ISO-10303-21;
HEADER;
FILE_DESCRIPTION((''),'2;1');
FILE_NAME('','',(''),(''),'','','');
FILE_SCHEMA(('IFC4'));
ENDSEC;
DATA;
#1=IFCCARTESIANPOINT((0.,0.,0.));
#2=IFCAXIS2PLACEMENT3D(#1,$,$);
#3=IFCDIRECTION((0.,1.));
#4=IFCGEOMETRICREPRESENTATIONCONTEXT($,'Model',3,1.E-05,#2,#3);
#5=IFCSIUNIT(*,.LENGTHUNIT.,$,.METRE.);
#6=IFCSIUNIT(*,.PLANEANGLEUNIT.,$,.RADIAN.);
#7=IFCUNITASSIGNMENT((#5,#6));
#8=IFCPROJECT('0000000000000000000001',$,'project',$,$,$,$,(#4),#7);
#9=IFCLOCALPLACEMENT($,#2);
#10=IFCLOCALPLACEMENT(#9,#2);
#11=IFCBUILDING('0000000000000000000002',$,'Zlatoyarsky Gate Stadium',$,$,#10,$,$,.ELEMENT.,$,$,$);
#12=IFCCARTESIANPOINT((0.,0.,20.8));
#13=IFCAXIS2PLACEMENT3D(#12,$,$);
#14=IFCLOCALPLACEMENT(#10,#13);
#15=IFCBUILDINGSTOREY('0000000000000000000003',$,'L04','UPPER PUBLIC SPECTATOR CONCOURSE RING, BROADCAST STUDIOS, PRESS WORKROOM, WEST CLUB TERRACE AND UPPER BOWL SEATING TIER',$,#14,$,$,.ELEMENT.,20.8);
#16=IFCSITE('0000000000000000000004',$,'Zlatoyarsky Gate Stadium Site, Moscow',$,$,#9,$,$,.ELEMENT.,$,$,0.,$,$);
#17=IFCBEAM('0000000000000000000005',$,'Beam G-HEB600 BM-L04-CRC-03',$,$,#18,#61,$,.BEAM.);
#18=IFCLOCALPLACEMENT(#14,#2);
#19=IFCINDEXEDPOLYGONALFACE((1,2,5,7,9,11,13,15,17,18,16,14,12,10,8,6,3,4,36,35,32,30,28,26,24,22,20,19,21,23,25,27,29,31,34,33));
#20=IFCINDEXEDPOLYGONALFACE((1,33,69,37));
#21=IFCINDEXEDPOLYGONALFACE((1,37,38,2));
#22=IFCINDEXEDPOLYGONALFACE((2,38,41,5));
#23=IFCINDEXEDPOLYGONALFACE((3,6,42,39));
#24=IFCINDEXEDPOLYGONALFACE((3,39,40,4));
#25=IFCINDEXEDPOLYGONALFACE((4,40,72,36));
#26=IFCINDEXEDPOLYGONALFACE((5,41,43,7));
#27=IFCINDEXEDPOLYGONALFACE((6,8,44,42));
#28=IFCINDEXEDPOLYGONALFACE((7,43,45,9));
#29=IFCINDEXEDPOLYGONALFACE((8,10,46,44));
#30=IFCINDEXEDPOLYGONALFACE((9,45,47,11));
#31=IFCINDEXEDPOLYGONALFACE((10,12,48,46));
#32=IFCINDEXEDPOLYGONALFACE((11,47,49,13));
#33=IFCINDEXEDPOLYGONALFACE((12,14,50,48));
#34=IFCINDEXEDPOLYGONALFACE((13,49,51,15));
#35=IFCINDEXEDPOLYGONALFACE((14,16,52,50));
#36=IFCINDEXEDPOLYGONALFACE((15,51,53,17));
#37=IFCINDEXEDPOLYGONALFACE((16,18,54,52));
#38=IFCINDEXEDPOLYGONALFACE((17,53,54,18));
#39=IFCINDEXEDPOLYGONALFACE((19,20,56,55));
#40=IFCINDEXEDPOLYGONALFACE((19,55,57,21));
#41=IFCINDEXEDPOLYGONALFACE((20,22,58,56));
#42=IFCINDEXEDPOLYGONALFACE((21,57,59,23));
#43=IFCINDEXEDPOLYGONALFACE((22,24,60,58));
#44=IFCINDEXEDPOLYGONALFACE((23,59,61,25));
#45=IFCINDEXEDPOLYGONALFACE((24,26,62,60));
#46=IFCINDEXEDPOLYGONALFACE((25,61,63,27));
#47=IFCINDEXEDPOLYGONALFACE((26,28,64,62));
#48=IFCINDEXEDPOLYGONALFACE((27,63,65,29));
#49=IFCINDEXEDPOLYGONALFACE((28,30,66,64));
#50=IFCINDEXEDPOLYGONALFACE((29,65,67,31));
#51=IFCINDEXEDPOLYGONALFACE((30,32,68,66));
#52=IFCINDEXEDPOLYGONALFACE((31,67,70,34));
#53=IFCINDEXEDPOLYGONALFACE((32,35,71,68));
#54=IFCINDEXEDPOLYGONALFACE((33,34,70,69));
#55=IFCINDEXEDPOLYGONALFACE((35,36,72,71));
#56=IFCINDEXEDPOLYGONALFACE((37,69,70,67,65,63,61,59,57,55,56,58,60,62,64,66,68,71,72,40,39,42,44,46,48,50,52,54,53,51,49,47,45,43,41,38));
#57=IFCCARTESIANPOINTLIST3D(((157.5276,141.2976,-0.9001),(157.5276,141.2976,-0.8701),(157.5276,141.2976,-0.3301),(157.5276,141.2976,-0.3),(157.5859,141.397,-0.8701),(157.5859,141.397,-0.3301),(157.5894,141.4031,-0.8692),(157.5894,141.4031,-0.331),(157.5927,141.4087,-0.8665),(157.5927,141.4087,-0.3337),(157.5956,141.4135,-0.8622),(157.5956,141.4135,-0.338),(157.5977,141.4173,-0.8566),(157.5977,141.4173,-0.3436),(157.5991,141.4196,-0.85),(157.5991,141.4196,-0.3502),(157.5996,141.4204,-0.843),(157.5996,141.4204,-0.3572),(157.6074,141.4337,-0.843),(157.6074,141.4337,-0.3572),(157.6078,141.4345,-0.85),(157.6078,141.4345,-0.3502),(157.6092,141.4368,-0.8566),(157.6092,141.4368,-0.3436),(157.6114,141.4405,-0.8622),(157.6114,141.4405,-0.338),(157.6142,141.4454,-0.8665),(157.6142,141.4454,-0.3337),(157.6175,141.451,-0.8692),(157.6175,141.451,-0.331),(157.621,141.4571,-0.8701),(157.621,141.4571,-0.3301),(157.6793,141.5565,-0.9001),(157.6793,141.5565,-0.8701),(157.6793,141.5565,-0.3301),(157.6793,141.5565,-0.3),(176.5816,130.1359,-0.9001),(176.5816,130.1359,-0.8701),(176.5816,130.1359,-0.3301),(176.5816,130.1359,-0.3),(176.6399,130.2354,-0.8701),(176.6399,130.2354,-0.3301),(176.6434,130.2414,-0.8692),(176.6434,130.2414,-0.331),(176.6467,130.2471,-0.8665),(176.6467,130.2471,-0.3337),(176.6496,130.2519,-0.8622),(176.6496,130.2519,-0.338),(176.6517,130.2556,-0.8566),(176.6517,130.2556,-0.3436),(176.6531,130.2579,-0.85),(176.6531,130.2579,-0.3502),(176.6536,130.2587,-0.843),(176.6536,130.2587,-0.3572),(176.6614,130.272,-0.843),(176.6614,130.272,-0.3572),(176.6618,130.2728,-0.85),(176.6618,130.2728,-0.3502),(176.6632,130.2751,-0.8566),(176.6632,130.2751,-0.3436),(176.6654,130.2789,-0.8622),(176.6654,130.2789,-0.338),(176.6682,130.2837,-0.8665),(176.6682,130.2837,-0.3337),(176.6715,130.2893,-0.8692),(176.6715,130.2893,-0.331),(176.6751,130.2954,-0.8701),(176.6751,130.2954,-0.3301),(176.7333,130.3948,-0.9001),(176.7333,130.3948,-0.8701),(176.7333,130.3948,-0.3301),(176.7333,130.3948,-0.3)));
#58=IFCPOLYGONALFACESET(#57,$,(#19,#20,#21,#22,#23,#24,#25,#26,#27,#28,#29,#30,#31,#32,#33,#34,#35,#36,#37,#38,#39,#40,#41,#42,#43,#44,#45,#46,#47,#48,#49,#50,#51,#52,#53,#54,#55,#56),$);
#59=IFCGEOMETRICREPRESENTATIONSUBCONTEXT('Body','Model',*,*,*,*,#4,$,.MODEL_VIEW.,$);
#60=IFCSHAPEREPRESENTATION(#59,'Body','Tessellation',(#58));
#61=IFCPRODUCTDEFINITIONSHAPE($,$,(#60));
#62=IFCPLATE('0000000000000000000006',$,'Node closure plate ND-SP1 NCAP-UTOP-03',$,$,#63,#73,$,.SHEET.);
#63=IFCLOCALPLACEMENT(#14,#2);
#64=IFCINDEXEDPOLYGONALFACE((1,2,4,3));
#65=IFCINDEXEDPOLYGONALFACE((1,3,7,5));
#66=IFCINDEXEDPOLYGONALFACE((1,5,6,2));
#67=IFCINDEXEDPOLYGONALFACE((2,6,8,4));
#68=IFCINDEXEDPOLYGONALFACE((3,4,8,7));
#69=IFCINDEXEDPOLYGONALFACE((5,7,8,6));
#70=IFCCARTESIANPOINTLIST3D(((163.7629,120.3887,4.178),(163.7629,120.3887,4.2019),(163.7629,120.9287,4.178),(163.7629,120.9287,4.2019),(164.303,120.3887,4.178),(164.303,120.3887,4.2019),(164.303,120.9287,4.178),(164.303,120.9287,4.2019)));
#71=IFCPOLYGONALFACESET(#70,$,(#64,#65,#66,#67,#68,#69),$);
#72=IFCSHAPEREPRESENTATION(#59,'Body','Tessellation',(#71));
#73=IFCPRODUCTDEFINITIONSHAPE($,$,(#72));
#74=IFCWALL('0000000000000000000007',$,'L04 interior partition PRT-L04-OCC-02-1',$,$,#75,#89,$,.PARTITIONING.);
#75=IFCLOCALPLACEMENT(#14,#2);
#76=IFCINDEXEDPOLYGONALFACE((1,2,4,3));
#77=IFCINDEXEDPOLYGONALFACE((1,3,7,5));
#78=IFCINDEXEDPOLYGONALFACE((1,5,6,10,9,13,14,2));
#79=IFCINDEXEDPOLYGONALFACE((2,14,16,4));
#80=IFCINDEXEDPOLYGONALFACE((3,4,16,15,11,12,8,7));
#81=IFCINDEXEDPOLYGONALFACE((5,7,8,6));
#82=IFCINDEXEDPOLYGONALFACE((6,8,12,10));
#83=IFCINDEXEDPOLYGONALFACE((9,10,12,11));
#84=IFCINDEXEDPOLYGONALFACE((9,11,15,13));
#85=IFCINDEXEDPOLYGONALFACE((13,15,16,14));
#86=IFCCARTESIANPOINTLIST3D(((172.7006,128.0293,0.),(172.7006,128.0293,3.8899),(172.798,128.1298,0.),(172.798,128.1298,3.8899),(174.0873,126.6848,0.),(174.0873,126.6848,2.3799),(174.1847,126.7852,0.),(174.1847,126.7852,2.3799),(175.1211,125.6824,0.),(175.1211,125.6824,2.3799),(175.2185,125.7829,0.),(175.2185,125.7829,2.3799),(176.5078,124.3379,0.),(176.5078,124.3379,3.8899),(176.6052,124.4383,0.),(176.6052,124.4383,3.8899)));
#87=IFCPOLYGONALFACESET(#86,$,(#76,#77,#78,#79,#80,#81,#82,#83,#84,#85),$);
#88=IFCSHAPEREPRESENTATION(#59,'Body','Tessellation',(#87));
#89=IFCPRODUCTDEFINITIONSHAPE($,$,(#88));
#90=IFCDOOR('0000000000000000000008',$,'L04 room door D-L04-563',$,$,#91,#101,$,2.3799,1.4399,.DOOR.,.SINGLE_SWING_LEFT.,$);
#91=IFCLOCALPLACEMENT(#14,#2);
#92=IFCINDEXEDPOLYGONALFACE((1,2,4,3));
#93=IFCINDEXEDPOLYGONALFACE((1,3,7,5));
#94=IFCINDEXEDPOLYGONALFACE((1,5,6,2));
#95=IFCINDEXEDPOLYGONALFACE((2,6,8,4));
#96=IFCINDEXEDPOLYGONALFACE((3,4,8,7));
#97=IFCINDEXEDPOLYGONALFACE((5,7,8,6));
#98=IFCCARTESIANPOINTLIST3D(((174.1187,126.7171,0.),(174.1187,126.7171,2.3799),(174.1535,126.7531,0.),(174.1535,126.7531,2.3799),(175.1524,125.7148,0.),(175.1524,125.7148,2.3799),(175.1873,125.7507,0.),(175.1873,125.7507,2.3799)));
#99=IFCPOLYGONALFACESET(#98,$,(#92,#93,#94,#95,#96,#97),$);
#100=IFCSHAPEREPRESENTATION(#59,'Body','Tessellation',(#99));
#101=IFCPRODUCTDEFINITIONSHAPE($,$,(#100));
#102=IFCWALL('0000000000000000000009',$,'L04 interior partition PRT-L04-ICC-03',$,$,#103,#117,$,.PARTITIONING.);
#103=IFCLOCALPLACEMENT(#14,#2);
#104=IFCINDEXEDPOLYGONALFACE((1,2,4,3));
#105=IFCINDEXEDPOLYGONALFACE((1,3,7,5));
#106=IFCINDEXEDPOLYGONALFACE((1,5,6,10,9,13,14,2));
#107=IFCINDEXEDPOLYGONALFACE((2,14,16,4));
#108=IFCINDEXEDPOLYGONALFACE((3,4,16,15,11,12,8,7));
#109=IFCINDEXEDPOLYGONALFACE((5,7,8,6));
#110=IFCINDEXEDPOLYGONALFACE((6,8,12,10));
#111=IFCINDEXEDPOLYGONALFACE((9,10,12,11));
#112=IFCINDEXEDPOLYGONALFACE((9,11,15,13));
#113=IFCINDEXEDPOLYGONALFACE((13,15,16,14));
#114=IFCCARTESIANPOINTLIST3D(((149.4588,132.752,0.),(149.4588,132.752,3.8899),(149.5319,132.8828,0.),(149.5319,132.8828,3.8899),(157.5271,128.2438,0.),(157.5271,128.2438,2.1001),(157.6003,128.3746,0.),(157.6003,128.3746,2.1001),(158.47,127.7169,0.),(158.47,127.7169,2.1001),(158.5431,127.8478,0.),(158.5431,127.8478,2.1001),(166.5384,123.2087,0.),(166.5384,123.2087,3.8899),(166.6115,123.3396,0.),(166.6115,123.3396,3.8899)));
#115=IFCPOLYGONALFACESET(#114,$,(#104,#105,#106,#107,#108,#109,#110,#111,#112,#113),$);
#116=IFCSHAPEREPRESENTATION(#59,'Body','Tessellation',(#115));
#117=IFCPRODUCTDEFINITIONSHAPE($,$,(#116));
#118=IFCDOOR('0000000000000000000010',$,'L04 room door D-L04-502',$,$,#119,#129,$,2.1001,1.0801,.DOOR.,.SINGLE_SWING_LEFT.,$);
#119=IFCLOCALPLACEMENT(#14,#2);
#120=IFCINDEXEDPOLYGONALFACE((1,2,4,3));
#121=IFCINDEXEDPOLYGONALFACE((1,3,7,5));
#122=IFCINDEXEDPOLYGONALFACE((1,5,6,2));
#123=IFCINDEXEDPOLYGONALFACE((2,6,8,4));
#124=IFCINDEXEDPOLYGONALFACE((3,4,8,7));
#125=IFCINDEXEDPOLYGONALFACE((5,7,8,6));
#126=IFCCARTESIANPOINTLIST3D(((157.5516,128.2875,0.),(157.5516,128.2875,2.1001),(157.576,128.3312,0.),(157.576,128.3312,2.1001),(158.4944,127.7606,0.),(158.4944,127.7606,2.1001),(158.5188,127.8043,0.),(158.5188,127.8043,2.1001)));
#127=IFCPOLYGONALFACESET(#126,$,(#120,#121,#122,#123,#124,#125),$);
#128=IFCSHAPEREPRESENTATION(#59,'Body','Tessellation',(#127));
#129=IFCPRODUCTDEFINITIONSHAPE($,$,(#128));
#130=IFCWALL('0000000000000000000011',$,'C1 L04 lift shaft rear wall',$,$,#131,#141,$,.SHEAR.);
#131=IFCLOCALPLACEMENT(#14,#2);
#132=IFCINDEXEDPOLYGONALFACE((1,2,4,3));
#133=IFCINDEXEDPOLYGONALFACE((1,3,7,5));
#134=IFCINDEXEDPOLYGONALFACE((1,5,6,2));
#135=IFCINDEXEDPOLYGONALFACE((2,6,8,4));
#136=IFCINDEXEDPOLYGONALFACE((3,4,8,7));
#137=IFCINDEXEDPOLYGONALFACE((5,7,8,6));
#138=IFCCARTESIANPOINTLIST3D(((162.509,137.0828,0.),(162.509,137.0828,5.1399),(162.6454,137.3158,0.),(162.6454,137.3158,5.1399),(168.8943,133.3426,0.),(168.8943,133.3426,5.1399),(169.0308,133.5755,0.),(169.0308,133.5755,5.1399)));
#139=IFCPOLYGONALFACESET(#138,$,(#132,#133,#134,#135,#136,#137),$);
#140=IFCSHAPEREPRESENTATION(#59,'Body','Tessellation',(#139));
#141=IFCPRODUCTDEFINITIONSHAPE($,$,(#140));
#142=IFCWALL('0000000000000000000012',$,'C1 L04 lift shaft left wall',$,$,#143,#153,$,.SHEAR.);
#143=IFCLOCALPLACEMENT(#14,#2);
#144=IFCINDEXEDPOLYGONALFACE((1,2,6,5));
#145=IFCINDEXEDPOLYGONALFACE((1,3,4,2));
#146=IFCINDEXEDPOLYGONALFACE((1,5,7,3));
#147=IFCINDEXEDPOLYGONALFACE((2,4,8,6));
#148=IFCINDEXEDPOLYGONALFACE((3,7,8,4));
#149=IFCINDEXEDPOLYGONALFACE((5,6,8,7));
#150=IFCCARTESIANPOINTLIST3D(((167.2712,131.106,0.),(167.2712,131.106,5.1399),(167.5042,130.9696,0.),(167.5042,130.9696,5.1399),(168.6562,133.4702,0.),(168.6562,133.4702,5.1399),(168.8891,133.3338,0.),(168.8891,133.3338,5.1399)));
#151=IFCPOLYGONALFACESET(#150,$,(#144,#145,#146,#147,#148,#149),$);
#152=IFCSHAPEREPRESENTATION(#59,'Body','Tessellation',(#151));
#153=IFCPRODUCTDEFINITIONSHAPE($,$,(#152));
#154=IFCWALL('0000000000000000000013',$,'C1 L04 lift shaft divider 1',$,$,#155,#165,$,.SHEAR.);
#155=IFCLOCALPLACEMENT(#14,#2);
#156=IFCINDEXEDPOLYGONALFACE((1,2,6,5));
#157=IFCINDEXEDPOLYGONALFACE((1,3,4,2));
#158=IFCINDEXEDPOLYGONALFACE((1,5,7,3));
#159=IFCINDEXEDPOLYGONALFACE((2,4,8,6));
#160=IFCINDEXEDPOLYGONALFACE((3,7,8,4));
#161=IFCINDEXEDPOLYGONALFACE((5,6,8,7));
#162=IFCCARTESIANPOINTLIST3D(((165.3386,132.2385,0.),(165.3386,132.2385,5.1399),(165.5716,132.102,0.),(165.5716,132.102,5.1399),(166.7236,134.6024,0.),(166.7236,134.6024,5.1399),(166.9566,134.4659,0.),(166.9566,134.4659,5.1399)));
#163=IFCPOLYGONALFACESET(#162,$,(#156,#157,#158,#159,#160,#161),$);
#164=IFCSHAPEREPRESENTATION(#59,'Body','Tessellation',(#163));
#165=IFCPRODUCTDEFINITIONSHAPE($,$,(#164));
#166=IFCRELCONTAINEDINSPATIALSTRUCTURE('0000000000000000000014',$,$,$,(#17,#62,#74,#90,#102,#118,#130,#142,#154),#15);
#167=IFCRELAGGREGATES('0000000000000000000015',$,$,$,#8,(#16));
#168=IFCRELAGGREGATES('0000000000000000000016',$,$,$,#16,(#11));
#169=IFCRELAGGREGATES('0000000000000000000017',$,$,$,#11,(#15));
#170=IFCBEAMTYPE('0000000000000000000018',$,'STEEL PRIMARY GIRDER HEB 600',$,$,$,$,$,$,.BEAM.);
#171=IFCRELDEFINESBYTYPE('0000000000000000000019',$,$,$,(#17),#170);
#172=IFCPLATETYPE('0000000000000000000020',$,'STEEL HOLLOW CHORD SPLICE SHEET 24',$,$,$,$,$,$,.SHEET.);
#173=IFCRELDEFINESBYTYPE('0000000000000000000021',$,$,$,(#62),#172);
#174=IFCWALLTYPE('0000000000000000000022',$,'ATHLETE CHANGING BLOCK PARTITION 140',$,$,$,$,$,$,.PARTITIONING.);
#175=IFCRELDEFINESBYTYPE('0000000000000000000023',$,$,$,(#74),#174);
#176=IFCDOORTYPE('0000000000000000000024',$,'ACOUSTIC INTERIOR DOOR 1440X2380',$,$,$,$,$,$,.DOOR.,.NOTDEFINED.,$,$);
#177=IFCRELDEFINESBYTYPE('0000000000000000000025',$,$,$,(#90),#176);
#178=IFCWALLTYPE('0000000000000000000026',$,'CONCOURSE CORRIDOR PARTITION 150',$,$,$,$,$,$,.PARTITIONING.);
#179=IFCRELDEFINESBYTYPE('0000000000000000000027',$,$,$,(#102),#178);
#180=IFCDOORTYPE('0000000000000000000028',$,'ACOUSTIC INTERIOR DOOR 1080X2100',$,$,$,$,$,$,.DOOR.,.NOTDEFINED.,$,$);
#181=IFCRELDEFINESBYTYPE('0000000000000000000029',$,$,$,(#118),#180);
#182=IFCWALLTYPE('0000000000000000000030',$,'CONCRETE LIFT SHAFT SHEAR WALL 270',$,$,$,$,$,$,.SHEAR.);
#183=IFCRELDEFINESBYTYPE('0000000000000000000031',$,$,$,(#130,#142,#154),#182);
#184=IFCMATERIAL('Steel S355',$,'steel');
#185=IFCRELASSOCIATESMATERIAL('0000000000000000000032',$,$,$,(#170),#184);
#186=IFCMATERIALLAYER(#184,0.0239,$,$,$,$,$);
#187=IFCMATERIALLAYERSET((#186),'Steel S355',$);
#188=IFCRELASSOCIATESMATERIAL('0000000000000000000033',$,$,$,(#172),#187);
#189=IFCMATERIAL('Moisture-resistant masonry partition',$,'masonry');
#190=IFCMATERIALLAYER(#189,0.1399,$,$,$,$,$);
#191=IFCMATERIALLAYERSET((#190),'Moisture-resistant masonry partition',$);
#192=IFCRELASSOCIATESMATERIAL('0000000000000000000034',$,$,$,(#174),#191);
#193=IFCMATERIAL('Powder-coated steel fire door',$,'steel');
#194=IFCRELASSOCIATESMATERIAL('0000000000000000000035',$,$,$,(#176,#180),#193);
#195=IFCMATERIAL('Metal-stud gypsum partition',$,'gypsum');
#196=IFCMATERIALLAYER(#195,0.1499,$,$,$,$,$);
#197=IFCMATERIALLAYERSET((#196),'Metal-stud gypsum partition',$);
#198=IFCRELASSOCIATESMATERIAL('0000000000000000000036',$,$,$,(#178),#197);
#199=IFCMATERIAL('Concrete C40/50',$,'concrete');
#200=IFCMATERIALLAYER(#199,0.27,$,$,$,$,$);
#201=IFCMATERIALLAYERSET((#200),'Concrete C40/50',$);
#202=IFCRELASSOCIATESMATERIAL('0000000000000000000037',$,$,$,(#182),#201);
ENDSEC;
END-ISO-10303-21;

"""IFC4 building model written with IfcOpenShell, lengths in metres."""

from ifc_helpers import new_model, si_unit, direction, frame, frame_2d, origin, origin_2d, place, context, subcontext, project, spatial, rectangle, i_section, extrude, material, layer, layer_set, material_profile, profile_set, type_object, element, fill, save


model = new_model("IFC4")

# Units and contexts
model_context = context("Model", 3, precision=1e-05, world=origin(), true_north=direction((0.0, 1.0)))
body_context = subcontext(model_context, "Body", "Model", "MODEL_VIEW")
ifc_project = project(units=[si_unit("LENGTHUNIT", "METRE"), si_unit("PLANEANGLEUNIT", "RADIAN")], contexts=[model_context])

# Site, building, storey
site_placement = place(None, origin())
site = spatial("IfcSite", under=ifc_project, at=site_placement, Name="Zlatoyarsky Gate Stadium Site, Moscow", CompositionType="ELEMENT", RefElevation=0.0)
building_placement = place(site_placement, origin())
building = spatial("IfcBuilding", under=site, at=building_placement, Name="Zlatoyarsky Gate Stadium", CompositionType="ELEMENT")
storey_placement = place(building_placement, frame((0.0, 0.0, 20.8)))
storey = spatial("IfcBuildingStorey", under=building, at=storey_placement, Name="L04", Description="UPPER PUBLIC SPECTATOR CONCOURSE RING, BROADCAST STUDIOS, PRESS WORKROOM, WEST CLUB TERRACE AND UPPER BOWL SEATING TIER", CompositionType="ELEMENT", Elevation=20.8)

# Shared definitions
ifc_material_1 = material(Name="Steel S355", Category="steel")

# Beam
ifc_material_2 = material(Name="Concrete C40/50", Category="concrete")
ifc_material_profile_1 = material_profile(ifc_material_1, i_section(OverallWidth=0.3, OverallDepth=0.6001, WebThickness=0.0154, FlangeThickness=0.03, FilletRadius=0.0271, at=origin_2d()), Name="HEB 600")
ifc_profile_set_1 = profile_set([ifc_material_profile_1], Name="Steel S355")
beam_type_1 = type_object("IfcBeamType", Name="STEEL PRIMARY GIRDER HEB 600", PredefinedType="BEAM", material=ifc_profile_set_1)
beam_1_placement = place(storey_placement, frame((176.6575, 130.2654, -0.6001), z_axis=(-0.862855, 0.505452, 0.0), x_axis=(-0.505452, -0.862855, 0.0)))
element("IfcBeam", 1, at=beam_1_placement, inside=storey, type_object=beam_type_1, Name="Beam G-HEB600 BM-L04-CRC-03", PredefinedType="BEAM", context=body_context, shape_type="SweptSolid", body=[
    extrude(i_section(OverallWidth=0.3, OverallDepth=0.6001, WebThickness=0.0154, FlangeThickness=0.03, FilletRadius=0.0271, at=origin_2d()), origin(), (0.0, 0.0, 1.0), 22.0825),
])

# Plate
ifc_layer_1 = layer(ifc_material_1, 0.0239)
ifc_layer_set_1 = layer_set([ifc_layer_1], Name="Steel S355")
plate_type = type_object("IfcPlateType", Name="STEEL HOLLOW CHORD SPLICE SHEET 24", PredefinedType="SHEET", material=ifc_layer_set_1)
plate_placement = place(storey_placement, frame((164.033, 120.6587, 4.178), z_axis=(0.0, 0.0, 1.0), x_axis=(1.0, 0.0, 0.0)))
element("IfcPlate", 2, at=plate_placement, inside=storey, type_object=plate_type, Name="Node closure plate ND-SP1 NCAP-UTOP-03", PredefinedType="SHEET", context=body_context, shape_type="SweptSolid", body=[
    extrude(rectangle(XDim=0.54, YDim=0.54, at=origin_2d()), origin(), (0.0, 0.0, 1.0), 0.0239),
])

# Walls, openings, doors
ifc_material_3 = material(Name="Moisture-resistant masonry partition", Category="masonry")
ifc_layer_2 = layer(ifc_material_3, 0.1399)
ifc_layer_set_2 = layer_set([ifc_layer_2], Name="Moisture-resistant masonry partition")
wall_type_1 = type_object("IfcWallType", Name="ATHLETE CHANGING BLOCK PARTITION 140", PredefinedType="PARTITIONING", material=ifc_layer_set_2)
wall_1_placement = place(storey_placement, frame((176.5564, 124.3882, 0.0), z_axis=(0.0, 0.0, 1.0), x_axis=(-0.717934, 0.696111, 0.0)))
wall_1 = element("IfcWall", 3, at=wall_1_placement, inside=storey, type_object=wall_type_1, Name="L04 interior partition PRT-L04-OCC-02-1", PredefinedType="PARTITIONING", context=body_context, shape_type="SweptSolid", body=[
    extrude(rectangle(XDim=5.303, YDim=0.1399, at=frame_2d((2.6514, 0.0))), origin(), (0.0, 0.0, 1.0), 3.8899),
])
opening_1_placement = place(wall_1_placement, frame((1.9314, 0.0, 0.0)))
opening_1 = element("IfcOpeningElement", 4, at=opening_1_placement, cuts=wall_1, PredefinedType="OPENING", context=body_context, shape_type="SweptSolid", body=[
    extrude(rectangle(XDim=1.4399, YDim=2.3799, at=frame_2d((0.72, 1.1899))), frame((0.0, 0.0798, 0.0), z_axis=(0.0, -1.0, 0.0), x_axis=(1.0, 0.0, 0.0)), (0.0, 0.0, 1.0), 0.1599),
])
ifc_material_4 = material(Name="Powder-coated steel fire door", Category="steel")
door_type_1 = type_object("IfcDoorType", Name="ACOUSTIC INTERIOR DOOR 1440X2380", OperationType="NOTDEFINED", PredefinedType="DOOR", material=ifc_material_4)
door_1_placement = place(opening_1_placement, origin())
door_1 = element("IfcDoor", 5, at=door_1_placement, inside=storey, type_object=door_type_1, Name="L04 room door D-L04-563", OperationType="SINGLE_SWING_LEFT", OverallHeight=2.3799, OverallWidth=1.4399, PredefinedType="DOOR", context=body_context, shape_type="SweptSolid", body=[
    extrude(rectangle(XDim=1.4399, YDim=2.3799, at=frame_2d((0.72, 1.1899))), frame((0.0, 0.0249, 0.0), z_axis=(0.0, -1.0, 0.0), x_axis=(1.0, 0.0, 0.0)), (0.0, 0.0, 1.0), 0.05),
])
fill(opening_1, door_1)
ifc_material_5 = material(Name="Metal-stud gypsum partition", Category="gypsum")
ifc_layer_3 = layer(ifc_material_5, 0.1499)
ifc_layer_set_3 = layer_set([ifc_layer_3], Name="Metal-stud gypsum partition")
wall_type_2 = type_object("IfcWallType", Name="CONCOURSE CORRIDOR PARTITION 150", PredefinedType="PARTITIONING", material=ifc_layer_set_3)
wall_2_placement = place(storey_placement, frame((166.575, 123.2742, 0.0), z_axis=(0.0, 0.0, 1.0), x_axis=(-0.872971, 0.487772, 0.0)))
wall_2 = element("IfcWall", 6, at=wall_2_placement, inside=storey, type_object=wall_type_2, Name="L04 interior partition PRT-L04-ICC-03", PredefinedType="PARTITIONING", context=body_context, shape_type="SweptSolid", body=[
    extrude(rectangle(XDim=19.5649, YDim=0.1499, at=frame_2d((9.7825, 0.0))), origin(), (0.0, 0.0, 1.0), 3.8899),
])
opening_2_placement = place(wall_2_placement, frame((9.2424, 0.0, 0.0)))
opening_2 = element("IfcOpeningElement", 7, at=opening_2_placement, cuts=wall_2, PredefinedType="OPENING", context=body_context, shape_type="SweptSolid", body=[
    extrude(rectangle(XDim=1.0801, YDim=2.1001, at=frame_2d((0.54, 1.05))), frame((0.0, 0.085, 0.0), z_axis=(0.0, -1.0, 0.0), x_axis=(1.0, 0.0, 0.0)), (0.0, 0.0, 1.0), 0.1699),
])
door_type_2 = type_object("IfcDoorType", Name="ACOUSTIC INTERIOR DOOR 1080X2100", OperationType="NOTDEFINED", PredefinedType="DOOR", material=ifc_material_4)
door_2_placement = place(opening_2_placement, origin())
door_2 = element("IfcDoor", 8, at=door_2_placement, inside=storey, type_object=door_type_2, Name="L04 room door D-L04-502", OperationType="SINGLE_SWING_LEFT", OverallHeight=2.1001, OverallWidth=1.0801, PredefinedType="DOOR", context=body_context, shape_type="SweptSolid", body=[
    extrude(rectangle(XDim=1.0801, YDim=2.1001, at=frame_2d((0.54, 1.05))), frame((0.0, 0.0249, 0.0), z_axis=(0.0, -1.0, 0.0), x_axis=(1.0, 0.0, 0.0)), (0.0, 0.0, 1.0), 0.05),
])
fill(opening_2, door_2)

# Walls
ifc_layer_4 = layer(ifc_material_2, 0.27)
ifc_layer_set_4 = layer_set([ifc_layer_4], Name="Concrete C40/50")
wall_type_3 = type_object("IfcWallType", Name="CONCRETE LIFT SHAFT SHEAR WALL 270", PredefinedType="SHEAR", material=ifc_layer_set_4)
wall_3_placement = place(storey_placement, frame((168.9626, 133.459, 0.0), z_axis=(0.0, 0.0, 1.0), x_axis=(-0.862866, 0.505433, 0.0)))
element("IfcWall", 9, at=wall_3_placement, inside=storey, type_object=wall_type_3, Name="C1 L04 lift shaft rear wall", PredefinedType="SHEAR", context=body_context, shape_type="SweptSolid", body=[
    extrude(rectangle(XDim=7.4001, YDim=0.27, at=frame_2d((3.7002, 0.0))), origin(), (0.0, 0.0, 1.0), 5.1399),
])
wall_4_placement = place(storey_placement, frame((168.7727, 133.4021, 0.0), z_axis=(0.0, 0.0, 1.0), x_axis=(-0.505466, -0.862847, 0.0)))
element("IfcWall", 10, at=wall_4_placement, inside=storey, type_object=wall_type_3, Name="C1 L04 lift shaft left wall", PredefinedType="SHEAR", context=body_context, shape_type="SweptSolid", body=[
    extrude(rectangle(XDim=2.74, YDim=0.27, at=frame_2d((1.3701, 0.0))), origin(), (0.0, 0.0, 1.0), 5.1399),
])
wall_5_placement = place(storey_placement, frame((166.8401, 134.5342, 0.0), z_axis=(0.0, 0.0, 1.0), x_axis=(-0.505505, -0.862824, 0.0)))
element("IfcWall", 11, at=wall_5_placement, inside=storey, type_object=wall_type_3, Name="C1 L04 lift shaft divider 1", PredefinedType="SHEAR", context=body_context, shape_type="SweptSolid", body=[
    extrude(rectangle(XDim=2.7397, YDim=0.27, at=frame_2d((1.3699, 0.0))), origin(), (0.0, 0.0, 1.0), 5.1399),
])

save(model, "model.ifc")
